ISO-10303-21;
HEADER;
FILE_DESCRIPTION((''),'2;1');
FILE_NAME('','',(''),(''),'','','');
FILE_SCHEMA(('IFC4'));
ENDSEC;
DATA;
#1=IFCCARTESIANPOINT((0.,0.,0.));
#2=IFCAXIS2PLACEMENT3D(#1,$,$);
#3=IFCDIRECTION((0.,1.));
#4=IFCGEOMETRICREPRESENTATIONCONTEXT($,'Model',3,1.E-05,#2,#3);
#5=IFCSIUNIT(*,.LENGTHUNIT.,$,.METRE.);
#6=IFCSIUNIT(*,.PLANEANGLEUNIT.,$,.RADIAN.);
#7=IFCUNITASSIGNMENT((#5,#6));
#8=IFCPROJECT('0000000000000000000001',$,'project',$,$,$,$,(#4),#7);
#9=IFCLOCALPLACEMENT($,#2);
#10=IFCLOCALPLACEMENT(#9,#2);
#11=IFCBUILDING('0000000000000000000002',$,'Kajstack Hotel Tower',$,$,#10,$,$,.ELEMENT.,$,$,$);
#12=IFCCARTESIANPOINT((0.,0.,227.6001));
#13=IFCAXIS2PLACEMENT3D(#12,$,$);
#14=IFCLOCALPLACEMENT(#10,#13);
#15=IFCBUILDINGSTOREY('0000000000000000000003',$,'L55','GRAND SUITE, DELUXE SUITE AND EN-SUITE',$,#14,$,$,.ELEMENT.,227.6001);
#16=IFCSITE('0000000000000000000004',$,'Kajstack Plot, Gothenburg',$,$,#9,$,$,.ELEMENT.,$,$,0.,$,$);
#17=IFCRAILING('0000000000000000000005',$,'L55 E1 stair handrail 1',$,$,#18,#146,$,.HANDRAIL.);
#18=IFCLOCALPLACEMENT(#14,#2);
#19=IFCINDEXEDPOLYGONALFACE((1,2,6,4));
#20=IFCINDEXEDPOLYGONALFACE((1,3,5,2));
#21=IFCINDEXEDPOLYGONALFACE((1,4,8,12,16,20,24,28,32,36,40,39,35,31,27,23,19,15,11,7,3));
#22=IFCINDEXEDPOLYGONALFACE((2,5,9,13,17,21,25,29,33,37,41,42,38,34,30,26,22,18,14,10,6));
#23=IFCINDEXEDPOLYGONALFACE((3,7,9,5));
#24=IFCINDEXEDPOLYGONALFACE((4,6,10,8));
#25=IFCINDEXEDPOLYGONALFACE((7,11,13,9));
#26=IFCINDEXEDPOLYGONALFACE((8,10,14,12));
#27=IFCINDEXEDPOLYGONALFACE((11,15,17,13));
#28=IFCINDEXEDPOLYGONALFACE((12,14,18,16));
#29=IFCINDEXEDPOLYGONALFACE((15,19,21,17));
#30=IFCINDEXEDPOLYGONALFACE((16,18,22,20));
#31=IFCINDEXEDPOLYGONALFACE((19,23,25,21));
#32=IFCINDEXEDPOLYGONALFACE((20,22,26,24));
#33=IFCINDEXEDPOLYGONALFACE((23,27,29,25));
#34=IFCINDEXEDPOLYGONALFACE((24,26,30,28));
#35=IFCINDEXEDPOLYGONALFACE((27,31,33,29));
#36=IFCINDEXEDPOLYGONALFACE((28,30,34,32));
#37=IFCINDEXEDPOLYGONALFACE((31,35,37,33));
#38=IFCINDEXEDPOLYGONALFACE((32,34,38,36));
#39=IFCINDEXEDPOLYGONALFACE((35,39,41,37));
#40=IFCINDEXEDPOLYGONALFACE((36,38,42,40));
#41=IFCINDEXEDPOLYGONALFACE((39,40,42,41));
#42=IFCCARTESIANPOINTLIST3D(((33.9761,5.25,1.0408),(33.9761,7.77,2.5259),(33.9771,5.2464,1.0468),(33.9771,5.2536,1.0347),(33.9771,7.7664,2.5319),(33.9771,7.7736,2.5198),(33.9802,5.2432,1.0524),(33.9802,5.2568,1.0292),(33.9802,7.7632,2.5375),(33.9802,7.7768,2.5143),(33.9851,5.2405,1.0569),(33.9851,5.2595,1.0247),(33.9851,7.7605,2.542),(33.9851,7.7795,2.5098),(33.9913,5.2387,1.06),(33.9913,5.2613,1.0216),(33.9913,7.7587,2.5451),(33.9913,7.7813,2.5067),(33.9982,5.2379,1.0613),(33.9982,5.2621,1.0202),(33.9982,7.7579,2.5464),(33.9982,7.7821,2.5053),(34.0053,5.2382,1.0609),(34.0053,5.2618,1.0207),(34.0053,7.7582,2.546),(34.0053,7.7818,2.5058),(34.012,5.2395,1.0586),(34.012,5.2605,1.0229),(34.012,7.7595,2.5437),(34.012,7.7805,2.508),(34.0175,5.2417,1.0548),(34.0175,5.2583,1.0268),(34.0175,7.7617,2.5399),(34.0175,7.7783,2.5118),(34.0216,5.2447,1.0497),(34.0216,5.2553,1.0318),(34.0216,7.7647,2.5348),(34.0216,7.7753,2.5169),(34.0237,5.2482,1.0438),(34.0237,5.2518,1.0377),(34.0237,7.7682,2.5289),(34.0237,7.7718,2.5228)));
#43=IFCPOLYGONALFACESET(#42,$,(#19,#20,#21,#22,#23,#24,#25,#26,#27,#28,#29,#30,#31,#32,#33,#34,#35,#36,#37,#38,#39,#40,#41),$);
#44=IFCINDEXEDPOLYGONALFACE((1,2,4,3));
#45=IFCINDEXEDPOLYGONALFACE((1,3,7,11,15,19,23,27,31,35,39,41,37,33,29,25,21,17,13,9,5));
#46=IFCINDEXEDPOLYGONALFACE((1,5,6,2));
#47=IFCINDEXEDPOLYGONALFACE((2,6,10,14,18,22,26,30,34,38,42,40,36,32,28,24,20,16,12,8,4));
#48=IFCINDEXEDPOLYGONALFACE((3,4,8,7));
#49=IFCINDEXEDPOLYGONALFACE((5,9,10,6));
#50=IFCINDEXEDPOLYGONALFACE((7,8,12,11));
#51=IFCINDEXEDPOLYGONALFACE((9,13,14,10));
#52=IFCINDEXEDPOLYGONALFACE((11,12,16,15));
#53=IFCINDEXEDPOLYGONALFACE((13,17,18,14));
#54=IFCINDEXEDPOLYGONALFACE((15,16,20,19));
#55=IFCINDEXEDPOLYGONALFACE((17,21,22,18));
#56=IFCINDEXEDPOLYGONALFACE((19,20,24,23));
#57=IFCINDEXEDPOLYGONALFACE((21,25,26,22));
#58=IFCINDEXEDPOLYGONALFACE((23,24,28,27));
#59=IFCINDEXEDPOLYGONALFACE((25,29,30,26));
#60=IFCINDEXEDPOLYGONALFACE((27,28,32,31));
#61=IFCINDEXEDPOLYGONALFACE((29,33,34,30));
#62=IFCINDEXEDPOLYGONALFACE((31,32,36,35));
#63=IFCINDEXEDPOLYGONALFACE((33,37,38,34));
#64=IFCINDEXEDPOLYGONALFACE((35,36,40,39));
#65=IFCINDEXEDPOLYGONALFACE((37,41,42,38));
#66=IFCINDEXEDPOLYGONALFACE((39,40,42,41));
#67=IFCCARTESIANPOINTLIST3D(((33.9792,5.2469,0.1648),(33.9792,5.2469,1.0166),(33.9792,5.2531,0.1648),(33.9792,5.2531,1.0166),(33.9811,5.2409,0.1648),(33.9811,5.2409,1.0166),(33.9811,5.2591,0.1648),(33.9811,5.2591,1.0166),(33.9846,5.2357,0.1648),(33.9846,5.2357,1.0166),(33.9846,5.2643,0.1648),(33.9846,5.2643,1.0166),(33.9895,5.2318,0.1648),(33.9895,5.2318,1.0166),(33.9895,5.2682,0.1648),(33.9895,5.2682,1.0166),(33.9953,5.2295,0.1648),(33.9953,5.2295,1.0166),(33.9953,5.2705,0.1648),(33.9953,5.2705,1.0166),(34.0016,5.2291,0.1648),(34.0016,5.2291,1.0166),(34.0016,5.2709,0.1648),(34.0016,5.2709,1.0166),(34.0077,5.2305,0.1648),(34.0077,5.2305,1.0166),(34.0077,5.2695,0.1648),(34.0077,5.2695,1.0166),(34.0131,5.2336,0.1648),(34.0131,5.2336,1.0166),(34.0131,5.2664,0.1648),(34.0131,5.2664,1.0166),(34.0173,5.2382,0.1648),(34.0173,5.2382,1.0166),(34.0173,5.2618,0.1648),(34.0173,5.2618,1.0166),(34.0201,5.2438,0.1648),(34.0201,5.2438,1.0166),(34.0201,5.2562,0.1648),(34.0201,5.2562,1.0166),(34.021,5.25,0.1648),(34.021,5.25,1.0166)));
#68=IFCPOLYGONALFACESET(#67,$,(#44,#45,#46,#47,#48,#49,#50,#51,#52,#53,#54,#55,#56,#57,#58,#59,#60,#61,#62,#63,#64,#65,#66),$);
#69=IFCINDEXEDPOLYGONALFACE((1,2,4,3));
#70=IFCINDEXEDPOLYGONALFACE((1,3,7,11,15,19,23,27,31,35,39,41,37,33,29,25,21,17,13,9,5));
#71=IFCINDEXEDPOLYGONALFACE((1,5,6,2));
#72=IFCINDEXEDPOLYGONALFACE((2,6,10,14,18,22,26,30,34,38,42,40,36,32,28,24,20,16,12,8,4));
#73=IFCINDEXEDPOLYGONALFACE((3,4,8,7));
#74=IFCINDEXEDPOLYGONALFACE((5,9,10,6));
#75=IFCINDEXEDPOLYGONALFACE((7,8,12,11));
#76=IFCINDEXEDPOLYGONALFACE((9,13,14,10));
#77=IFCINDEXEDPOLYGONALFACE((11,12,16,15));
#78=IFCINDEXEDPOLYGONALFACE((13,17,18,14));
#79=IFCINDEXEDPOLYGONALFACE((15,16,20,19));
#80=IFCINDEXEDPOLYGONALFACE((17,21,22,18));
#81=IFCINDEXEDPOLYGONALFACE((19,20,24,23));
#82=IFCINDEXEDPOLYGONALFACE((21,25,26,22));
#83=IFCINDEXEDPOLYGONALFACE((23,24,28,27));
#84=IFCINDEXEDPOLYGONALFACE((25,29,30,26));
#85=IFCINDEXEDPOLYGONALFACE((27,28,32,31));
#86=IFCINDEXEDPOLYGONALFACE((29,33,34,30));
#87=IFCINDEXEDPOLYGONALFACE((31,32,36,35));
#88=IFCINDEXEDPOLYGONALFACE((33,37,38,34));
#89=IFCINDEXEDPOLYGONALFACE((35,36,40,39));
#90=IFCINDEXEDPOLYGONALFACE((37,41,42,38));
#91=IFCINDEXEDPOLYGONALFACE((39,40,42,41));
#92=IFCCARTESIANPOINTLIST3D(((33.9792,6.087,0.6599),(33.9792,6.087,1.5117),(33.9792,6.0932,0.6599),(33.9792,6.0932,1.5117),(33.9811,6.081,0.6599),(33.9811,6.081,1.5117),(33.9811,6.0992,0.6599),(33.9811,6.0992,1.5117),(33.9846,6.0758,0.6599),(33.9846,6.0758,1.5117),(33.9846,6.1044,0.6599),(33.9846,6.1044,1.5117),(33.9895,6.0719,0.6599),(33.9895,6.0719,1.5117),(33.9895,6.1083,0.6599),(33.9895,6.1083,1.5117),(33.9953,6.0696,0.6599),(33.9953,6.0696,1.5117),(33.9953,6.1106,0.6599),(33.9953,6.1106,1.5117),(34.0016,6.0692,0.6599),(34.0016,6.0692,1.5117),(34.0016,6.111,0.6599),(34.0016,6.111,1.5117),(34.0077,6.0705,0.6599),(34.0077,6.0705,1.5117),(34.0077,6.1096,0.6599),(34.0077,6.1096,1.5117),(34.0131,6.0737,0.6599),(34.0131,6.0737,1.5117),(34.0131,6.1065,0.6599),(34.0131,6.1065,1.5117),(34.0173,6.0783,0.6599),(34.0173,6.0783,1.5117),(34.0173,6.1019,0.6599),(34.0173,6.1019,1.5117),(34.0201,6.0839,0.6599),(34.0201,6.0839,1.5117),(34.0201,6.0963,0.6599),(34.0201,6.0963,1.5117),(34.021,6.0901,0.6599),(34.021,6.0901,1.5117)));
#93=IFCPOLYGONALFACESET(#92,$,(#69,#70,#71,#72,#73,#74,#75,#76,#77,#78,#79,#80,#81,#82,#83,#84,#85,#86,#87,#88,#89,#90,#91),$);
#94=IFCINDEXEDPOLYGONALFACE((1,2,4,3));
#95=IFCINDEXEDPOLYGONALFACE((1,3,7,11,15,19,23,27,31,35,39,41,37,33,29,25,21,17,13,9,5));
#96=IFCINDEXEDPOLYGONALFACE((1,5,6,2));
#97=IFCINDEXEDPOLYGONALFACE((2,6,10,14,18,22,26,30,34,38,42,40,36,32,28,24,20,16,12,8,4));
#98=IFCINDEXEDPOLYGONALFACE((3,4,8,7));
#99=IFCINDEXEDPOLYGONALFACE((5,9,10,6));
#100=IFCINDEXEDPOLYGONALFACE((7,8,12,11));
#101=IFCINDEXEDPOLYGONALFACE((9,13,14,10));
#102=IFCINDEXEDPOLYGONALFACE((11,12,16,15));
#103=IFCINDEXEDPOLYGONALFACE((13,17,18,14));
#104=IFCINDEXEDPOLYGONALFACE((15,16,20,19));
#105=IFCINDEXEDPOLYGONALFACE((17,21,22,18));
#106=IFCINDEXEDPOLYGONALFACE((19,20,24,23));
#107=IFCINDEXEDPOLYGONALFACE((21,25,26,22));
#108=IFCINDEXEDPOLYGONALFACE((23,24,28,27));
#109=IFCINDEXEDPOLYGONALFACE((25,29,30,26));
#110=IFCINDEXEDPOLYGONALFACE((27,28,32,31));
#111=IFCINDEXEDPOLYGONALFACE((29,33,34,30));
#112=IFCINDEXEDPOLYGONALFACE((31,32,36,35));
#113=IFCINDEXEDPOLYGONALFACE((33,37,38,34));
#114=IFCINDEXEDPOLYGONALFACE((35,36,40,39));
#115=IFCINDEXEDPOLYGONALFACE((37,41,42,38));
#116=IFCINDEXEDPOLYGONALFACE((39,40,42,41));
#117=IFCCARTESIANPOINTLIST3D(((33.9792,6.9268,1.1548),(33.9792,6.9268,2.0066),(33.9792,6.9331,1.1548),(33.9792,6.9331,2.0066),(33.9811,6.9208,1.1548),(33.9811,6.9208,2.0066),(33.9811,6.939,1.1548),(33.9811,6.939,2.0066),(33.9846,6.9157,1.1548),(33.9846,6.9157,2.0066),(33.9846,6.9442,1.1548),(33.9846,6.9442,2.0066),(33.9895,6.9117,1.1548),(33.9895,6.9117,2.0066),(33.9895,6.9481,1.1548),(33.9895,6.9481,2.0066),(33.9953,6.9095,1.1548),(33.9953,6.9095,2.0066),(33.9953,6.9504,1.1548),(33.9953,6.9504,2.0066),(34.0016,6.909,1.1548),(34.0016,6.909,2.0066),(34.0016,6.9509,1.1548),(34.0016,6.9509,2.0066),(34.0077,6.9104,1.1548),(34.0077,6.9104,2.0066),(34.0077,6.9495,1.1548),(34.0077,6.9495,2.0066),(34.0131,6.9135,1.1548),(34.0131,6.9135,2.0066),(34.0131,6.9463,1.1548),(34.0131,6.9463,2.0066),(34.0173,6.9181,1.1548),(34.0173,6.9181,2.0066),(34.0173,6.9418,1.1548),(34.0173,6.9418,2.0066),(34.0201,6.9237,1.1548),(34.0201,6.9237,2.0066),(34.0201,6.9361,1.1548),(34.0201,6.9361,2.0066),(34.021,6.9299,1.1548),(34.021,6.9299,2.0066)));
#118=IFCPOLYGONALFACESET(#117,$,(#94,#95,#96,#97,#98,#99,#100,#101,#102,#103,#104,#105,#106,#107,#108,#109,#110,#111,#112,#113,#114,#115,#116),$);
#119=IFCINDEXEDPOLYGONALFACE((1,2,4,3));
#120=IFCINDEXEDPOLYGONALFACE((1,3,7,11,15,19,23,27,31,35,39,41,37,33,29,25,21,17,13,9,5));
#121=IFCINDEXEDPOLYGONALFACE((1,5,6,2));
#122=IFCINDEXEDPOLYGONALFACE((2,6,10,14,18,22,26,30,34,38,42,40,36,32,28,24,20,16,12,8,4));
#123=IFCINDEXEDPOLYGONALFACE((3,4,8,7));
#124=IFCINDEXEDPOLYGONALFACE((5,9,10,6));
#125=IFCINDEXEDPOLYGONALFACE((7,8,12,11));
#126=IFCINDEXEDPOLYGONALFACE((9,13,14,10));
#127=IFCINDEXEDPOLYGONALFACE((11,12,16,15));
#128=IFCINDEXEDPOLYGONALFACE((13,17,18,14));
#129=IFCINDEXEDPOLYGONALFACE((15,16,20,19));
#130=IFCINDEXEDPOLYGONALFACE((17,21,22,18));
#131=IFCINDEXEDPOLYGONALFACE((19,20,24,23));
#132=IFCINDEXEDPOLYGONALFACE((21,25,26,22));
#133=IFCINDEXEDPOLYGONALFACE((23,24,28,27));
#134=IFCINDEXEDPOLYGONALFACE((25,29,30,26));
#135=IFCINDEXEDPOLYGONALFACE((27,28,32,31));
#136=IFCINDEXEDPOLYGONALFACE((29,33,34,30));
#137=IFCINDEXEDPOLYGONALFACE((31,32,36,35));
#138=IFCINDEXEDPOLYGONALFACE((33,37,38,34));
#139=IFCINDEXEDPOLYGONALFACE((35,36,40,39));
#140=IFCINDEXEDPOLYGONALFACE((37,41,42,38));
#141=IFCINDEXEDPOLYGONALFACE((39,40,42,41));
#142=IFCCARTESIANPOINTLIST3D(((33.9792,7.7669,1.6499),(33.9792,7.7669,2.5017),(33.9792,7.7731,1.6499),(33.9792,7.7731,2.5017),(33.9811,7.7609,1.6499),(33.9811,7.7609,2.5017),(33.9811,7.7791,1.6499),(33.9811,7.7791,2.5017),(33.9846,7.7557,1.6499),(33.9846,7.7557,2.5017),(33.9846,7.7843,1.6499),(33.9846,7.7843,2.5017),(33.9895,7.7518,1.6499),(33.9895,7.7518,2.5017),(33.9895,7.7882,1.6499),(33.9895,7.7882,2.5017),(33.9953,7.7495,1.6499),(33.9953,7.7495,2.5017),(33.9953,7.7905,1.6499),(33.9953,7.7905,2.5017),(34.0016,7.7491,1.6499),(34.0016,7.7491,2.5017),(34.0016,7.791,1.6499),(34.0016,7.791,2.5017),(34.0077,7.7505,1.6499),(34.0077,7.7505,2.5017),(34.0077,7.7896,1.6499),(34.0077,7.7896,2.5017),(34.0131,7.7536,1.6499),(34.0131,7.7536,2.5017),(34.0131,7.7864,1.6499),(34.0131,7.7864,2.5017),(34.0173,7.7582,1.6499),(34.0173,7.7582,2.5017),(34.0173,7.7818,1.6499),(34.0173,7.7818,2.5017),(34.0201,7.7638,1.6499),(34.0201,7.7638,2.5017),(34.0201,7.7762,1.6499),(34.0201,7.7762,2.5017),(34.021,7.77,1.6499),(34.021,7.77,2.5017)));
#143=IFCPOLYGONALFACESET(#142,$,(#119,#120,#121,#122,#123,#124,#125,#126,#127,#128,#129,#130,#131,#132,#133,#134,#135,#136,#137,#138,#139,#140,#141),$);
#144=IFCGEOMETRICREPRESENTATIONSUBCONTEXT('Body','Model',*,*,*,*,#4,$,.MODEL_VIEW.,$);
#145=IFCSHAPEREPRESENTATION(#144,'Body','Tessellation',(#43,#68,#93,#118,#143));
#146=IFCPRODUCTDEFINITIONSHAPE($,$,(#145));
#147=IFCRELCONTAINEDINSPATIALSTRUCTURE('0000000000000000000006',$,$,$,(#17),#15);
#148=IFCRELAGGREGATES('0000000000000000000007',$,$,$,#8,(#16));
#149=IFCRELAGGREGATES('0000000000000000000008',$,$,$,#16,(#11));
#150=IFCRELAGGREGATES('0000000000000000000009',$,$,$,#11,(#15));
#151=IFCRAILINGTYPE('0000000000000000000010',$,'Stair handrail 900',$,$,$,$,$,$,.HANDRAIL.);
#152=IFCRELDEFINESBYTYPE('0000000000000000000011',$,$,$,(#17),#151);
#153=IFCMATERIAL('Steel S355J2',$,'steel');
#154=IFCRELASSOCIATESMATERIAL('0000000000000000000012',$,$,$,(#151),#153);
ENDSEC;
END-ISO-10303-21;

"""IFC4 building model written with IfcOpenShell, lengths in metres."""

from ifc_helpers import new_model, si_unit, direction, frame, origin, origin_2d, place, context, subcontext, project, spatial, circle, extrude, material, type_object, element, save


model = new_model("IFC4")

# Units and contexts
model_context = context("Model", 3, precision=1e-05, world=origin(), true_north=direction((0.0, 1.0)))
body_context = subcontext(model_context, "Body", "Model", "MODEL_VIEW")
ifc_project = project(units=[si_unit("LENGTHUNIT", "METRE"), si_unit("PLANEANGLEUNIT", "RADIAN")], contexts=[model_context])

# Site, building, storey
site_placement = place(None, origin())
site = spatial("IfcSite", under=ifc_project, at=site_placement, Name="Kajstack Plot, Gothenburg", CompositionType="ELEMENT", RefElevation=0.0)
building_placement = place(site_placement, origin())
building = spatial("IfcBuilding", under=site, at=building_placement, Name="Kajstack Hotel Tower", CompositionType="ELEMENT")
storey_placement = place(building_placement, frame((0.0, 0.0, 227.6001)))
storey = spatial("IfcBuildingStorey", under=building, at=storey_placement, Name="L55", Description="GRAND SUITE, DELUXE SUITE AND EN-SUITE", CompositionType="ELEMENT", Elevation=227.6001)

# Railing
ifc_material_1 = material(Name="Steel S355J2", Category="steel")
railing_type_1 = type_object("IfcRailingType", Name="Stair handrail 900", PredefinedType="HANDRAIL", material=ifc_material_1)
railing_1_placement = place(storey_placement, frame((34.0, 5.25, 0.1648)))
element("IfcRailing", 1, at=railing_1_placement, inside=storey, type_object=railing_type_1, Name="L55 E1 stair handrail 1", PredefinedType="HANDRAIL", context=body_context, shape_type="SweptSolid", body=[
    extrude(circle(Radius=0.0239, at=origin_2d()), frame((0.0, 0.0, 0.876), z_axis=(0.0, 0.861524, 0.507717), x_axis=(-1.0, 0.0, 0.0)), (0.0, 0.0, 1.0), 2.925),
    extrude(circle(Radius=0.021, at=origin_2d()), origin(), (0.0, 0.0, 1.0), 0.8518),
    extrude(circle(Radius=0.021, at=origin_2d()), frame((0.0, 0.8401, 0.4951)), (0.0, 0.0, 1.0), 0.8518),
    extrude(circle(Radius=0.021, at=origin_2d()), frame((0.0, 1.6799, 0.99)), (0.0, 0.0, 1.0), 0.8518),
    extrude(circle(Radius=0.021, at=origin_2d()), frame((0.0, 2.52, 1.4851)), (0.0, 0.0, 1.0), 0.8518),
])

save(model, "model.ifc")
